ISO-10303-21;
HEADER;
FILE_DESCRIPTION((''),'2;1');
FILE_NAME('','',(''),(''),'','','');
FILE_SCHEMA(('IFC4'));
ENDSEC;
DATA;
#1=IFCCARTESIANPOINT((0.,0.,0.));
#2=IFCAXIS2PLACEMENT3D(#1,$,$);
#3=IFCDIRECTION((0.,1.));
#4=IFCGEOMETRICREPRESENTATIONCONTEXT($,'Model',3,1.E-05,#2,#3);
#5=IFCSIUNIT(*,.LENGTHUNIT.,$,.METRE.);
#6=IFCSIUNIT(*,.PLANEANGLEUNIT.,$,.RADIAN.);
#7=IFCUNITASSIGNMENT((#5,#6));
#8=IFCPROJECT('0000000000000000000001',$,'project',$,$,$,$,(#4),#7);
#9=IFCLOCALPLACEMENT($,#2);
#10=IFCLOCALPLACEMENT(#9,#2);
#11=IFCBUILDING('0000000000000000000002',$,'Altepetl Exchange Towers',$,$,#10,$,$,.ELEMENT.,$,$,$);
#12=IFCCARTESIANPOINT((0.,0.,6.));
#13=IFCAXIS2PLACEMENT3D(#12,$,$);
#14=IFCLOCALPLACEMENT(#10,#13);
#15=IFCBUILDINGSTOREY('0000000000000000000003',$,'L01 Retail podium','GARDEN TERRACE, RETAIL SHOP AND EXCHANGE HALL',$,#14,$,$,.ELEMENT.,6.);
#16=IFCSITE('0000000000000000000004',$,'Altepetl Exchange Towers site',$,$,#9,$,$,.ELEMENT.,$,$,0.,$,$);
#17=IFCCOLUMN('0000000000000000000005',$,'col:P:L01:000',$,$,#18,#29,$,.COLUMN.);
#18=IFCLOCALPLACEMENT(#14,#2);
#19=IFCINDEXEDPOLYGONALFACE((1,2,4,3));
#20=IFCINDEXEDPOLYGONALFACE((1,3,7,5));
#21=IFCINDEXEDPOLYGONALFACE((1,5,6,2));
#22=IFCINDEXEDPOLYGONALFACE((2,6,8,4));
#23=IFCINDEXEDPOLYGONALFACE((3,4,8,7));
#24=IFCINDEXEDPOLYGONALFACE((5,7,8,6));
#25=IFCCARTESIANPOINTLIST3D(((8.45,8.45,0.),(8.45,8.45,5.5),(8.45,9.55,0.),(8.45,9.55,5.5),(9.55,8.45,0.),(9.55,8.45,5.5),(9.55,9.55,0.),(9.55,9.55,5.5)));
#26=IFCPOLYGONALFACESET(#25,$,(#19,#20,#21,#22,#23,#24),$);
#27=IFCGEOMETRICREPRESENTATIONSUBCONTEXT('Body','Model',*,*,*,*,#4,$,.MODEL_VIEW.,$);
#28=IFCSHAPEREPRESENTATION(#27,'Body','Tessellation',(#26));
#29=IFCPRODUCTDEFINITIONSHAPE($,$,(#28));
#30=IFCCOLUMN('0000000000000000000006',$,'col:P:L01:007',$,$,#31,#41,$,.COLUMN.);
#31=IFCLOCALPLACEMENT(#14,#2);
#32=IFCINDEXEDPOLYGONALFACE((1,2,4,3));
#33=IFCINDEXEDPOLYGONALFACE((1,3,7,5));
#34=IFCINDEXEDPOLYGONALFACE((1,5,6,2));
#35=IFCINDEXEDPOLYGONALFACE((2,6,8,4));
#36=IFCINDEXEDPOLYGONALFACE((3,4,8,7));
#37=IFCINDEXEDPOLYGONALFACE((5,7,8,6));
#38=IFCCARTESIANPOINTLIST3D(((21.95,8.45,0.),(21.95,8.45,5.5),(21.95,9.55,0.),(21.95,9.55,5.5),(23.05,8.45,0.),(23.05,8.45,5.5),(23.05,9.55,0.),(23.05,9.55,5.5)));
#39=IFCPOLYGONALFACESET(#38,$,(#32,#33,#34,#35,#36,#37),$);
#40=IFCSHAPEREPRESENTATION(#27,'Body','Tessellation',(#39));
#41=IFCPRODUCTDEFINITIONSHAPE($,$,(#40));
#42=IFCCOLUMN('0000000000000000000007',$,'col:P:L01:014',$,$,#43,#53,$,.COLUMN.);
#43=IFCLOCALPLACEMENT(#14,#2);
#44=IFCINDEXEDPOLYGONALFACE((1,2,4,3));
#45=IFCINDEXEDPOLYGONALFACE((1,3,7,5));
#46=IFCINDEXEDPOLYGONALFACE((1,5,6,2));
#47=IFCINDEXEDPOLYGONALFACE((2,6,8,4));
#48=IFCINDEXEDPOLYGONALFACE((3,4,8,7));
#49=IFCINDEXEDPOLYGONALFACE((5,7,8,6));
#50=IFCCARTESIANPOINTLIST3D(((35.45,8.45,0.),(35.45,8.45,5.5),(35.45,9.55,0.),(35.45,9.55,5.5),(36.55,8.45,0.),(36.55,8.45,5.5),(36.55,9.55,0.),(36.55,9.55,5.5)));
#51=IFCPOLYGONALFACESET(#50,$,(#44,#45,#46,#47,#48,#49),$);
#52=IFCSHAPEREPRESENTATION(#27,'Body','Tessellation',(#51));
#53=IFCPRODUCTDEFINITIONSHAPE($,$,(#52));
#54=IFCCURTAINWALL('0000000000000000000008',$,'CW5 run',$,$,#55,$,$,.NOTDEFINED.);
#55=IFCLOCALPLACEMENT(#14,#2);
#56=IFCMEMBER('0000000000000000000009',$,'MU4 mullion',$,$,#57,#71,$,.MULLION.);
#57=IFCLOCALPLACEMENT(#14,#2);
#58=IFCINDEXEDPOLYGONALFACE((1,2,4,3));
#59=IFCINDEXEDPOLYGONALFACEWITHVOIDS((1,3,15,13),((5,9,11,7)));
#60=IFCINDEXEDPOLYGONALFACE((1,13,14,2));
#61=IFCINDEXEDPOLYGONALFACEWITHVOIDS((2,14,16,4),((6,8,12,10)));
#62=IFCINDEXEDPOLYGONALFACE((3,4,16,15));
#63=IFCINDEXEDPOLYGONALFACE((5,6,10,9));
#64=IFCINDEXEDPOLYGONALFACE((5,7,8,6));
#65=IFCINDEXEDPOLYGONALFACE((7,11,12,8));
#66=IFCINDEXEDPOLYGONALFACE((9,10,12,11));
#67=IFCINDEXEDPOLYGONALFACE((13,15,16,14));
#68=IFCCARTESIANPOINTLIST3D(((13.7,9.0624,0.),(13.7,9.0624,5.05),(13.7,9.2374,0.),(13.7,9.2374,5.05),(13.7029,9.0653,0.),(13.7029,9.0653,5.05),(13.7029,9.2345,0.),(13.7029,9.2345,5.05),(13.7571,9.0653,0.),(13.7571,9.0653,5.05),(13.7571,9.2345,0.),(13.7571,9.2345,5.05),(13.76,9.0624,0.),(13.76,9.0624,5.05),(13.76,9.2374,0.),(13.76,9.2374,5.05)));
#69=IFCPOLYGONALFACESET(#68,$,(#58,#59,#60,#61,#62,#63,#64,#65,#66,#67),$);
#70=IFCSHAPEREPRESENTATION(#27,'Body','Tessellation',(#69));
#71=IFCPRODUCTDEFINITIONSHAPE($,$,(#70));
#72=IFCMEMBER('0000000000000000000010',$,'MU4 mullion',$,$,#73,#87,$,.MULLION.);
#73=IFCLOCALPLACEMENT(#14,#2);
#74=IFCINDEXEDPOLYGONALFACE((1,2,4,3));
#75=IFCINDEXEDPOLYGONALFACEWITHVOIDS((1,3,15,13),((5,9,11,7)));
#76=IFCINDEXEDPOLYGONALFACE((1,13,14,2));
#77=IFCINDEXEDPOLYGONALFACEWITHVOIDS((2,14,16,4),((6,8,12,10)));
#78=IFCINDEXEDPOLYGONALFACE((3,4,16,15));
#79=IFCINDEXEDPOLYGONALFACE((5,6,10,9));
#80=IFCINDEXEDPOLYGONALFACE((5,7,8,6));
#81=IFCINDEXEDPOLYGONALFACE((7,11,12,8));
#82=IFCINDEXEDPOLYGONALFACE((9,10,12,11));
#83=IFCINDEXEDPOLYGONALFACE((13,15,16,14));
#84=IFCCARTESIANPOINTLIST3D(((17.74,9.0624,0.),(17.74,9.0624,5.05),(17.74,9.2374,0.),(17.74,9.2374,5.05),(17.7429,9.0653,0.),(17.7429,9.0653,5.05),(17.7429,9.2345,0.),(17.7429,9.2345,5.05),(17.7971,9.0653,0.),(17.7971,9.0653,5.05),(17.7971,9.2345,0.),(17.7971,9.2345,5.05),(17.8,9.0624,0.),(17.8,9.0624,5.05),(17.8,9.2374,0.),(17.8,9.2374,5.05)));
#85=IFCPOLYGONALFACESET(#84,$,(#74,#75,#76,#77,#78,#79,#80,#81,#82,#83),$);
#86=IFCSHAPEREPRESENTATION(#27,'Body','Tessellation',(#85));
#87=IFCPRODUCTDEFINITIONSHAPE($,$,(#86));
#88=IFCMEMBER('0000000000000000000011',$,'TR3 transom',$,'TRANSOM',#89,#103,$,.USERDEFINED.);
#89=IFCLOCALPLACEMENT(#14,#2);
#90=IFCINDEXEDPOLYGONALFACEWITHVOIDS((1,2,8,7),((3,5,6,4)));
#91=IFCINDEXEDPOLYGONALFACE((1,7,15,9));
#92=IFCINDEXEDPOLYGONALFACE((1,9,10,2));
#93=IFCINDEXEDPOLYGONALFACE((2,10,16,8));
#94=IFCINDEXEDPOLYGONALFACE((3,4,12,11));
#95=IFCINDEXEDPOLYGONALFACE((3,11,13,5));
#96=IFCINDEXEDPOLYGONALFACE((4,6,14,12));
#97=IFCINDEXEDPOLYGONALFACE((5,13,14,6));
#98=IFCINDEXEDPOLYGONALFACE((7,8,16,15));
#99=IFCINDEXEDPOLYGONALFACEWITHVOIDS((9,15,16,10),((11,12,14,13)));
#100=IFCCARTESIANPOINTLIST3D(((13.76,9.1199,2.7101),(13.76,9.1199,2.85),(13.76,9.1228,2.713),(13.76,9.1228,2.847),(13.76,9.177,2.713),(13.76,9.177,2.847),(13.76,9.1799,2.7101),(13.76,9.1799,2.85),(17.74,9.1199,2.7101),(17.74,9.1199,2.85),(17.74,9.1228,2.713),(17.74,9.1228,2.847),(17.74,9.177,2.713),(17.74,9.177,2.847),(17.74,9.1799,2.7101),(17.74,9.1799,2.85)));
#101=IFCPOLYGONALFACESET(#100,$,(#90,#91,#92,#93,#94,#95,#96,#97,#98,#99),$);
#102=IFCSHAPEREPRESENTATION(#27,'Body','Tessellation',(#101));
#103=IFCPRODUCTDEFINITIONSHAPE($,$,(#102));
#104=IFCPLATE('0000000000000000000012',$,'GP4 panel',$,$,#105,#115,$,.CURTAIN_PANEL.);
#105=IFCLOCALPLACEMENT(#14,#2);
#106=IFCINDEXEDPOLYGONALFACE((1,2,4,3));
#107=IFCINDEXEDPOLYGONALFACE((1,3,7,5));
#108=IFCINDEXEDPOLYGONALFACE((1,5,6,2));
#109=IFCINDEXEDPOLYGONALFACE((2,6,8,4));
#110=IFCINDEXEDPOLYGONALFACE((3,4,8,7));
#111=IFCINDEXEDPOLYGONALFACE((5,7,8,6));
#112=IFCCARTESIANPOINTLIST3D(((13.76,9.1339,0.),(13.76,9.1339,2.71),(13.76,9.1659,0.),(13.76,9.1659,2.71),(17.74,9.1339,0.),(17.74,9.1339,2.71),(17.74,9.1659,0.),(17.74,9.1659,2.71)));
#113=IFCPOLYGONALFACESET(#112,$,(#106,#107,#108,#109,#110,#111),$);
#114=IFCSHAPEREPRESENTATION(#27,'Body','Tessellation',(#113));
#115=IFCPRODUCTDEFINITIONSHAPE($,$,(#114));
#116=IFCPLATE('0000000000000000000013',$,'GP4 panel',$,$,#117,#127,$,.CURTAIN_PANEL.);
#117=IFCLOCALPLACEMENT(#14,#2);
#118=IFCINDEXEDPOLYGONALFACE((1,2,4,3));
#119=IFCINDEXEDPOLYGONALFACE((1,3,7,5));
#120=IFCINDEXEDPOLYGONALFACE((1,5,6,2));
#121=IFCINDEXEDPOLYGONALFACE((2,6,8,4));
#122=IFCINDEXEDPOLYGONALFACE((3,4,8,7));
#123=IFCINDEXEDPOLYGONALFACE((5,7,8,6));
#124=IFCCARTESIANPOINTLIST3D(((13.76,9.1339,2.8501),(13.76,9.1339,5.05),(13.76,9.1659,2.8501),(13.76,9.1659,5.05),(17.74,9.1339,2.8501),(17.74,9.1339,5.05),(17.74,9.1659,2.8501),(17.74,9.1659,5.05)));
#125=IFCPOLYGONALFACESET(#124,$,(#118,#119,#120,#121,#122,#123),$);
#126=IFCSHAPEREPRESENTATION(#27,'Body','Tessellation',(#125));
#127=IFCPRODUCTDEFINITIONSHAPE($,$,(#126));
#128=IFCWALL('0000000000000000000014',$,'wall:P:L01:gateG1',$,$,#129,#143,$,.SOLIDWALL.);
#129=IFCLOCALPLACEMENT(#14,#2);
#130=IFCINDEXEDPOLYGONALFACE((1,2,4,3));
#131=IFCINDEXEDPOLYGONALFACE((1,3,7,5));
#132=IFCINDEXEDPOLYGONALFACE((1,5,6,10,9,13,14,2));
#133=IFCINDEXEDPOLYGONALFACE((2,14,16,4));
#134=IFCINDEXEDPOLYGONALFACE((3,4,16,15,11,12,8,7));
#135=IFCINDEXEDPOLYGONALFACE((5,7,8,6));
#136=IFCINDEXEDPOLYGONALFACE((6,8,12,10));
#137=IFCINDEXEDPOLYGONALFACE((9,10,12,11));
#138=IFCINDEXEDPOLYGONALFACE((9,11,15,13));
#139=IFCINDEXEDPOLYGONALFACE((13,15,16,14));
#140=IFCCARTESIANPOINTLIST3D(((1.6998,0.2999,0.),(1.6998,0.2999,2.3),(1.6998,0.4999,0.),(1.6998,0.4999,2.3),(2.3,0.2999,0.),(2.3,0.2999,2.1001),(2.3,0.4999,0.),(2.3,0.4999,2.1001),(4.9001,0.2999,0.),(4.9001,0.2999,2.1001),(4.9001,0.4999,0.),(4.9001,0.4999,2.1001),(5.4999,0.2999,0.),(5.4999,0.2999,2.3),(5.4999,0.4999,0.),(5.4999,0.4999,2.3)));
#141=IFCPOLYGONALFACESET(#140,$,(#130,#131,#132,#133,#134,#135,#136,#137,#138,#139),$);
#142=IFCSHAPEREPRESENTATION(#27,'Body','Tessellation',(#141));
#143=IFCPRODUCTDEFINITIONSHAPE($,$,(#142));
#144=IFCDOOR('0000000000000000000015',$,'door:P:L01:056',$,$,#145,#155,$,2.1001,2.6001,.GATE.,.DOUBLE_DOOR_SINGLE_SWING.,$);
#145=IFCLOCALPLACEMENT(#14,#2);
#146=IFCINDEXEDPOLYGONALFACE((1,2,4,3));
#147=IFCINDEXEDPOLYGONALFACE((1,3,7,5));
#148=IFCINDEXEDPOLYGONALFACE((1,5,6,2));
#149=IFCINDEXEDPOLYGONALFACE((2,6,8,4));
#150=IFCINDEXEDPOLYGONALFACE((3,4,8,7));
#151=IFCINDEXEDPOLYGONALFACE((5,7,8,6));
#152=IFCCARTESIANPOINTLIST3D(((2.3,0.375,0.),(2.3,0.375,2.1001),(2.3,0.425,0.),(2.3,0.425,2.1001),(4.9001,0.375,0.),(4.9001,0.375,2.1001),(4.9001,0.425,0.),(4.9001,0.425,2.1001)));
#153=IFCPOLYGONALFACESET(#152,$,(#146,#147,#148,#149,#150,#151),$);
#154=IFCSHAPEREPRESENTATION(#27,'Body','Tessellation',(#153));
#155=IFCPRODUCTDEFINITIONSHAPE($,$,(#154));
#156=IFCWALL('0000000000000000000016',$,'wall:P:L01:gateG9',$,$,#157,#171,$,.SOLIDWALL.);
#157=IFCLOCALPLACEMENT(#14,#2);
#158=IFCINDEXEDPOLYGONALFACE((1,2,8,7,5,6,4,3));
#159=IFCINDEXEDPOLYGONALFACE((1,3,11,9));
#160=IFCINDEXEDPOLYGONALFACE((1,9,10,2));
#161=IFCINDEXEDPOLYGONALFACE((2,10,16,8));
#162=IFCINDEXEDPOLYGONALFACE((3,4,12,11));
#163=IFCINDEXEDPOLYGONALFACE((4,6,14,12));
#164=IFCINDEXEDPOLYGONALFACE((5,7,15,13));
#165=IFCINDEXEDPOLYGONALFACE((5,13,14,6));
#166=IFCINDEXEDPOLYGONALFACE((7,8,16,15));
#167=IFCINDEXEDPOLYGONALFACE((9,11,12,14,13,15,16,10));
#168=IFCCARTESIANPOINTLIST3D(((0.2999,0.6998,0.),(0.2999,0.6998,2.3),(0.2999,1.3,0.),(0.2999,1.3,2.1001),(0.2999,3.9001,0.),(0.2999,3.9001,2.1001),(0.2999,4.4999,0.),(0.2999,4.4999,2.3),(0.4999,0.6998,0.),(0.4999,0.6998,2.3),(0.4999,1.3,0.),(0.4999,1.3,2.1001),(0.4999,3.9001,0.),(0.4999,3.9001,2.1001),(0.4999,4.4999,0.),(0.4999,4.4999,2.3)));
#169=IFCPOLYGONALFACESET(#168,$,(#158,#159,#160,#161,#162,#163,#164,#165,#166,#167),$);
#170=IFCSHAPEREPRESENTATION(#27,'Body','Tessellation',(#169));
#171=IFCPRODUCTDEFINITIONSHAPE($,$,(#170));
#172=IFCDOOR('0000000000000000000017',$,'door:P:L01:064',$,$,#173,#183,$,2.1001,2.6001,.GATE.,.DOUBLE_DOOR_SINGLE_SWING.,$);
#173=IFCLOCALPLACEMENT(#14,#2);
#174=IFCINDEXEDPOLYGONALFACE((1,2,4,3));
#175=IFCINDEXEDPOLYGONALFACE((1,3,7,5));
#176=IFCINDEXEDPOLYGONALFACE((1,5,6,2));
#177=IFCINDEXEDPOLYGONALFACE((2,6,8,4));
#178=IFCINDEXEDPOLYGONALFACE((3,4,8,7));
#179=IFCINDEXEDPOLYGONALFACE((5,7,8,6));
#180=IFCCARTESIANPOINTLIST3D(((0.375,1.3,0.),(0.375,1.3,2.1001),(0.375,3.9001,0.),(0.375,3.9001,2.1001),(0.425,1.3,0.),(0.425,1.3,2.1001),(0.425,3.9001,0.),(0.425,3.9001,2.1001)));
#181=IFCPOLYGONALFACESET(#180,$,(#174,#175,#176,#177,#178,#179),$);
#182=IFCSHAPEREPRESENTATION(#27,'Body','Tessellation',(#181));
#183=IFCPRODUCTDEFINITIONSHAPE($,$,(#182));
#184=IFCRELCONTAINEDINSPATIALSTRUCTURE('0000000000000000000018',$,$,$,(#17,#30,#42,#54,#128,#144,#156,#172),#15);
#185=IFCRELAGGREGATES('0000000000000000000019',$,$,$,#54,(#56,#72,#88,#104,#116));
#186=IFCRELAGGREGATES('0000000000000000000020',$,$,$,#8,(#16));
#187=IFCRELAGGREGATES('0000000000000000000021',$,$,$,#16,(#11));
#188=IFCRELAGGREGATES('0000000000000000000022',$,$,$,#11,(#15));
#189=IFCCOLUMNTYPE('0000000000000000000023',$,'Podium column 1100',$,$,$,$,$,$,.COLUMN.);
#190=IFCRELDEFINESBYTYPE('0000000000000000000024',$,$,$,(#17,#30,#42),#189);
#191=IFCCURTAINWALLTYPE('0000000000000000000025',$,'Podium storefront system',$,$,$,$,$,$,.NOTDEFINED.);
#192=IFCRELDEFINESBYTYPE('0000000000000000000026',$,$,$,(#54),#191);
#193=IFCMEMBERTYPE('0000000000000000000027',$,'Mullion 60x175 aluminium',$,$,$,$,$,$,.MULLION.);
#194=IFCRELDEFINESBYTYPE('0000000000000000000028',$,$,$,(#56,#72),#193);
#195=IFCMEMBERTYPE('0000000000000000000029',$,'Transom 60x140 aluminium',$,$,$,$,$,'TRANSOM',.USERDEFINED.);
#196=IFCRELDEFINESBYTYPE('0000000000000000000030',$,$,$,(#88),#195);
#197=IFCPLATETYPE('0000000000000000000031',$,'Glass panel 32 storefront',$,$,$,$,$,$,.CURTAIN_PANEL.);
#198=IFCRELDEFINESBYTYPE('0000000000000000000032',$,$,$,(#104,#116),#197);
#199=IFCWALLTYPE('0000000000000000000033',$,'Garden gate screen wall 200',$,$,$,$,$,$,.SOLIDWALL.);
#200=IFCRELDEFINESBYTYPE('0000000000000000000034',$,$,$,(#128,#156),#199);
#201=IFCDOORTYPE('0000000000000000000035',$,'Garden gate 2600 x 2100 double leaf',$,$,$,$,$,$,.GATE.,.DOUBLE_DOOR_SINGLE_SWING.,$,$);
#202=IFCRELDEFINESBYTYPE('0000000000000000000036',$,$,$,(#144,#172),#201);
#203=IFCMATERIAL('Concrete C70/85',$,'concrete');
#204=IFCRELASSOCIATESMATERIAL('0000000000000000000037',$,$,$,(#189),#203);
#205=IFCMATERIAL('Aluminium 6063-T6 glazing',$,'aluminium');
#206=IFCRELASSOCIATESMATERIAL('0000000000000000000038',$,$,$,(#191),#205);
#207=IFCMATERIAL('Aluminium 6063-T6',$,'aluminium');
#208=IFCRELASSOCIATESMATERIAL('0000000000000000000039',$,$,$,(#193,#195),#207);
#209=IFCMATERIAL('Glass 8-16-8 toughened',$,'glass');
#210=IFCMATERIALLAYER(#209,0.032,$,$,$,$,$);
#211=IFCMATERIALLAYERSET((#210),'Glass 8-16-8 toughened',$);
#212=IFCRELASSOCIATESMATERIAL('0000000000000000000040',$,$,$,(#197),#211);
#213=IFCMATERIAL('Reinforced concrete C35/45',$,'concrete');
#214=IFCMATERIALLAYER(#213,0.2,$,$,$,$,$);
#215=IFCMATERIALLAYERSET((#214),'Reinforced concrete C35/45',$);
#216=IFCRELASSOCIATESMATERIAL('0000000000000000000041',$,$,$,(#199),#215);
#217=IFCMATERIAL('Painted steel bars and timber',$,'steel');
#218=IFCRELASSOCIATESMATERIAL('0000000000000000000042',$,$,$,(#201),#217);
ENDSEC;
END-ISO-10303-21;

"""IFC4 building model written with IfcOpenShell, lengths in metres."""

from ifc_helpers import new_model, si_unit, direction, frame, frame_2d, origin, origin_2d, place, context, subcontext, project, spatial, rectangle, hollow_rectangle, extrude, material, layer, layer_set, material_profile, profile_set, type_object, element, fill, aggregate, save


model = new_model("IFC4")

# Units and contexts
model_context = context("Model", 3, precision=1e-05, world=origin(), true_north=direction((0.0, 1.0)))
body_context = subcontext(model_context, "Body", "Model", "MODEL_VIEW")
ifc_project = project(units=[si_unit("LENGTHUNIT", "METRE"), si_unit("PLANEANGLEUNIT", "RADIAN")], contexts=[model_context])

# Site, building, storey
site_placement = place(None, origin())
site = spatial("IfcSite", under=ifc_project, at=site_placement, Name="Altepetl Exchange Towers site", CompositionType="ELEMENT", RefElevation=0.0)
building_placement = place(site_placement, origin())
building = spatial("IfcBuilding", under=site, at=building_placement, Name="Altepetl Exchange Towers", CompositionType="ELEMENT")
storey_placement = place(building_placement, frame((0.0, 0.0, 6.0)))
storey = spatial("IfcBuildingStorey", under=building, at=storey_placement, Name="L01 Retail podium", Description="GARDEN TERRACE, RETAIL SHOP AND EXCHANGE HALL", CompositionType="ELEMENT", Elevation=6.0)

# Columns
ifc_material_1 = material(Name="Concrete C70/85", Category="concrete")
ifc_material_profile_1 = material_profile(ifc_material_1, rectangle(XDim=1.1001, YDim=1.1001, at=origin_2d()), Name="1100 x 1100")
ifc_profile_set_1 = profile_set([ifc_material_profile_1], Name="Concrete C70/85")
column_type = type_object("IfcColumnType", Name="Podium column 1100", PredefinedType="COLUMN", material=ifc_profile_set_1)
for number, where, name in (
    (1, (9.0, 9.0, 0.0), "col:P:L01:000"),
    (2, (22.5, 9.0, 0.0), "col:P:L01:007"),
    (3, (36.0, 9.0, 0.0), "col:P:L01:014"),
):
    element("IfcColumn", number, at=place(storey_placement, frame(where)), inside=storey, type_object=column_type, Name=name, PredefinedType="COLUMN", context=body_context, shape_type="SweptSolid", body=[
        extrude(rectangle(XDim=1.1001, YDim=1.1001, at=origin_2d()), origin(), (0.0, 0.0, 1.0), 5.5),
    ])

# Curtain wall, members, plates
ifc_material_2 = material(Name="Aluminium 6063-T6 glazing", Category="aluminium")
curtain_wall_type = type_object("IfcCurtainWallType", Name="Podium storefront system", PredefinedType="NOTDEFINED", material=ifc_material_2)
curtain_wall_placement = place(storey_placement, origin())
curtain_wall = element("IfcCurtainWall", 4, at=curtain_wall_placement, inside=storey, type_object=curtain_wall_type, Name="CW5 run", PredefinedType="NOTDEFINED")
ifc_material_3 = material(Name="Aluminium 6063-T6", Category="aluminium")
ifc_material_profile_2 = material_profile(ifc_material_3, hollow_rectangle(XDim=0.0601, YDim=0.175, WallThickness=0.0029, at=origin_2d()), Name="Mullion 60x175 aluminium")
ifc_profile_set_2 = profile_set([ifc_material_profile_2], Name="Aluminium 6063-T6")
member_type_1 = type_object("IfcMemberType", Name="Mullion 60x175 aluminium", PredefinedType="MULLION", material=ifc_profile_set_2)
member_1_placement = place(storey_placement, frame((13.73, 9.1499, 0.0)))
member_1 = element("IfcMember", 5, at=member_1_placement, type_object=member_type_1, Name="MU4 mullion", PredefinedType="MULLION", context=body_context, shape_type="SweptSolid", body=[
    extrude(hollow_rectangle(XDim=0.0601, YDim=0.175, WallThickness=0.0029, at=origin_2d()), origin(), (0.0, 0.0, 1.0), 5.05),
])
member_2_placement = place(storey_placement, frame((17.77, 9.1499, 0.0)))
member_2 = element("IfcMember", 6, at=member_2_placement, type_object=member_type_1, Name="MU4 mullion", PredefinedType="MULLION", context=body_context, shape_type="SweptSolid", body=[
    extrude(hollow_rectangle(XDim=0.0601, YDim=0.175, WallThickness=0.0029, at=origin_2d()), origin(), (0.0, 0.0, 1.0), 5.05),
])
ifc_material_profile_3 = material_profile(ifc_material_3, hollow_rectangle(XDim=0.0601, YDim=0.1399, WallThickness=0.0029, at=origin_2d()), Name="Transom 60x140 aluminium")
ifc_profile_set_3 = profile_set([ifc_material_profile_3], Name="Aluminium 6063-T6")
member_type_2 = type_object("IfcMemberType", Name="Transom 60x140 aluminium", ElementType="TRANSOM", PredefinedType="USERDEFINED", material=ifc_profile_set_3)
member_3_placement = place(storey_placement, frame((13.76, 9.1499, 2.78), z_axis=(1.0, 0.0, 0.0), x_axis=(0.0, 1.0, 0.0)))
member_3 = element("IfcMember", 7, at=member_3_placement, type_object=member_type_2, Name="TR3 transom", ObjectType="TRANSOM", PredefinedType="USERDEFINED", context=body_context, shape_type="SweptSolid", body=[
    extrude(hollow_rectangle(XDim=0.0601, YDim=0.1399, WallThickness=0.0029, at=origin_2d()), origin(), (0.0, 0.0, 1.0), 3.98),
])
ifc_material_4 = material(Name="Glass 8-16-8 toughened", Category="glass")
ifc_layer_1 = layer(ifc_material_4, 0.032)
ifc_layer_set_1 = layer_set([ifc_layer_1], Name="Glass 8-16-8 toughened")
plate_type = type_object("IfcPlateType", Name="Glass panel 32 storefront", PredefinedType="CURTAIN_PANEL", material=ifc_layer_set_1)
plate_1_placement = place(storey_placement, frame((15.75, 9.1499, 0.0)))
plate_1 = element("IfcPlate", 8, at=plate_1_placement, type_object=plate_type, Name="GP4 panel", PredefinedType="CURTAIN_PANEL", context=body_context, shape_type="SweptSolid", body=[
    extrude(rectangle(XDim=3.98, YDim=0.032, at=origin_2d()), origin(), (0.0, 0.0, 1.0), 2.71),
])
plate_2_placement = place(storey_placement, frame((15.75, 9.1499, 2.8501)))
plate_2 = element("IfcPlate", 9, at=plate_2_placement, type_object=plate_type, Name="GP4 panel", PredefinedType="CURTAIN_PANEL", context=body_context, shape_type="SweptSolid", body=[
    extrude(rectangle(XDim=3.98, YDim=0.032, at=origin_2d()), origin(), (0.0, 0.0, 1.0), 2.2),
])
aggregate(curtain_wall, [member_1, member_2, member_3, plate_1, plate_2])

# Walls, openings, doors
ifc_material_5 = material(Name="Reinforced concrete C35/45", Category="concrete")
ifc_layer_2 = layer(ifc_material_5, 0.2)
ifc_layer_set_2 = layer_set([ifc_layer_2], Name="Reinforced concrete C35/45")
wall_type_1 = type_object("IfcWallType", Name="Garden gate screen wall 200", PredefinedType="SOLIDWALL", material=ifc_layer_set_2)
wall_1_placement = place(storey_placement, frame((1.7, 0.3999, 0.0)))
wall_1 = element("IfcWall", 10, at=wall_1_placement, inside=storey, type_object=wall_type_1, Name="wall:P:L01:gateG1", PredefinedType="SOLIDWALL", context=body_context, shape_type="SweptSolid", body=[
    extrude(rectangle(XDim=3.8, YDim=0.2, at=frame_2d((1.8999, 0.0))), origin(), (0.0, 0.0, 1.0), 2.3),
])
opening_1_placement = place(wall_1_placement, frame((0.6001, 0.0, 0.0)))
opening_1 = element("IfcOpeningElement", 11, at=opening_1_placement, cuts=wall_1, PredefinedType="OPENING", context=body_context, shape_type="SweptSolid", body=[
    extrude(rectangle(XDim=2.6001, YDim=2.1001, at=frame_2d((1.3, 1.05))), frame((0.0, 0.1099, 0.0), z_axis=(0.0, -1.0, 0.0), x_axis=(1.0, 0.0, 0.0)), (0.0, 0.0, 1.0), 0.22),
])
ifc_material_6 = material(Name="Painted steel bars and timber", Category="steel")
door_type_1 = type_object("IfcDoorType", Name="Garden gate 2600 x 2100 double leaf", OperationType="DOUBLE_DOOR_SINGLE_SWING", PredefinedType="GATE", material=ifc_material_6)
door_1_placement = place(opening_1_placement, frame((2.6001, 0.0, 0.0), x_axis=(-1.0, 0.0, 0.0)))
door_1 = element("IfcDoor", 12, at=door_1_placement, inside=storey, type_object=door_type_1, Name="door:P:L01:056", OperationType="DOUBLE_DOOR_SINGLE_SWING", OverallHeight=2.1001, OverallWidth=2.6001, PredefinedType="GATE", context=body_context, shape_type="SweptSolid", body=[
    extrude(rectangle(XDim=2.6001, YDim=2.1001, at=frame_2d((1.3, 1.05))), frame((0.0, 0.0249, 0.0), z_axis=(0.0, -1.0, 0.0), x_axis=(1.0, 0.0, 0.0)), (0.0, 0.0, 1.0), 0.05),
])
fill(opening_1, door_1)
wall_2_placement = place(storey_placement, frame((0.3999, 0.7, 0.0), z_axis=(0.0, 0.0, 1.0), x_axis=(0.0, 1.0, 0.0)))
wall_2 = element("IfcWall", 13, at=wall_2_placement, inside=storey, type_object=wall_type_1, Name="wall:P:L01:gateG9", PredefinedType="SOLIDWALL", context=body_context, shape_type="SweptSolid", body=[
    extrude(rectangle(XDim=3.8, YDim=0.2, at=frame_2d((1.8999, 0.0))), origin(), (0.0, 0.0, 1.0), 2.3),
])
opening_2_placement = place(wall_2_placement, frame((0.6001, 0.0, 0.0)))
opening_2 = element("IfcOpeningElement", 14, at=opening_2_placement, cuts=wall_2, PredefinedType="OPENING", context=body_context, shape_type="SweptSolid", body=[
    extrude(rectangle(XDim=2.6001, YDim=2.1001, at=frame_2d((1.3, 1.05))), frame((0.0, 0.1099, 0.0), z_axis=(0.0, -1.0, 0.0), x_axis=(1.0, 0.0, 0.0)), (0.0, 0.0, 1.0), 0.22),
])
door_2_placement = place(opening_2_placement, origin())
door_2 = element("IfcDoor", 15, at=door_2_placement, inside=storey, type_object=door_type_1, Name="door:P:L01:064", OperationType="DOUBLE_DOOR_SINGLE_SWING", OverallHeight=2.1001, OverallWidth=2.6001, PredefinedType="GATE", context=body_context, shape_type="SweptSolid", body=[
    extrude(rectangle(XDim=2.6001, YDim=2.1001, at=frame_2d((1.3, 1.05))), frame((0.0, 0.0249, 0.0), z_axis=(0.0, -1.0, 0.0), x_axis=(1.0, 0.0, 0.0)), (0.0, 0.0, 1.0), 0.05),
])
fill(opening_2, door_2)

save(model, "model.ifc")
